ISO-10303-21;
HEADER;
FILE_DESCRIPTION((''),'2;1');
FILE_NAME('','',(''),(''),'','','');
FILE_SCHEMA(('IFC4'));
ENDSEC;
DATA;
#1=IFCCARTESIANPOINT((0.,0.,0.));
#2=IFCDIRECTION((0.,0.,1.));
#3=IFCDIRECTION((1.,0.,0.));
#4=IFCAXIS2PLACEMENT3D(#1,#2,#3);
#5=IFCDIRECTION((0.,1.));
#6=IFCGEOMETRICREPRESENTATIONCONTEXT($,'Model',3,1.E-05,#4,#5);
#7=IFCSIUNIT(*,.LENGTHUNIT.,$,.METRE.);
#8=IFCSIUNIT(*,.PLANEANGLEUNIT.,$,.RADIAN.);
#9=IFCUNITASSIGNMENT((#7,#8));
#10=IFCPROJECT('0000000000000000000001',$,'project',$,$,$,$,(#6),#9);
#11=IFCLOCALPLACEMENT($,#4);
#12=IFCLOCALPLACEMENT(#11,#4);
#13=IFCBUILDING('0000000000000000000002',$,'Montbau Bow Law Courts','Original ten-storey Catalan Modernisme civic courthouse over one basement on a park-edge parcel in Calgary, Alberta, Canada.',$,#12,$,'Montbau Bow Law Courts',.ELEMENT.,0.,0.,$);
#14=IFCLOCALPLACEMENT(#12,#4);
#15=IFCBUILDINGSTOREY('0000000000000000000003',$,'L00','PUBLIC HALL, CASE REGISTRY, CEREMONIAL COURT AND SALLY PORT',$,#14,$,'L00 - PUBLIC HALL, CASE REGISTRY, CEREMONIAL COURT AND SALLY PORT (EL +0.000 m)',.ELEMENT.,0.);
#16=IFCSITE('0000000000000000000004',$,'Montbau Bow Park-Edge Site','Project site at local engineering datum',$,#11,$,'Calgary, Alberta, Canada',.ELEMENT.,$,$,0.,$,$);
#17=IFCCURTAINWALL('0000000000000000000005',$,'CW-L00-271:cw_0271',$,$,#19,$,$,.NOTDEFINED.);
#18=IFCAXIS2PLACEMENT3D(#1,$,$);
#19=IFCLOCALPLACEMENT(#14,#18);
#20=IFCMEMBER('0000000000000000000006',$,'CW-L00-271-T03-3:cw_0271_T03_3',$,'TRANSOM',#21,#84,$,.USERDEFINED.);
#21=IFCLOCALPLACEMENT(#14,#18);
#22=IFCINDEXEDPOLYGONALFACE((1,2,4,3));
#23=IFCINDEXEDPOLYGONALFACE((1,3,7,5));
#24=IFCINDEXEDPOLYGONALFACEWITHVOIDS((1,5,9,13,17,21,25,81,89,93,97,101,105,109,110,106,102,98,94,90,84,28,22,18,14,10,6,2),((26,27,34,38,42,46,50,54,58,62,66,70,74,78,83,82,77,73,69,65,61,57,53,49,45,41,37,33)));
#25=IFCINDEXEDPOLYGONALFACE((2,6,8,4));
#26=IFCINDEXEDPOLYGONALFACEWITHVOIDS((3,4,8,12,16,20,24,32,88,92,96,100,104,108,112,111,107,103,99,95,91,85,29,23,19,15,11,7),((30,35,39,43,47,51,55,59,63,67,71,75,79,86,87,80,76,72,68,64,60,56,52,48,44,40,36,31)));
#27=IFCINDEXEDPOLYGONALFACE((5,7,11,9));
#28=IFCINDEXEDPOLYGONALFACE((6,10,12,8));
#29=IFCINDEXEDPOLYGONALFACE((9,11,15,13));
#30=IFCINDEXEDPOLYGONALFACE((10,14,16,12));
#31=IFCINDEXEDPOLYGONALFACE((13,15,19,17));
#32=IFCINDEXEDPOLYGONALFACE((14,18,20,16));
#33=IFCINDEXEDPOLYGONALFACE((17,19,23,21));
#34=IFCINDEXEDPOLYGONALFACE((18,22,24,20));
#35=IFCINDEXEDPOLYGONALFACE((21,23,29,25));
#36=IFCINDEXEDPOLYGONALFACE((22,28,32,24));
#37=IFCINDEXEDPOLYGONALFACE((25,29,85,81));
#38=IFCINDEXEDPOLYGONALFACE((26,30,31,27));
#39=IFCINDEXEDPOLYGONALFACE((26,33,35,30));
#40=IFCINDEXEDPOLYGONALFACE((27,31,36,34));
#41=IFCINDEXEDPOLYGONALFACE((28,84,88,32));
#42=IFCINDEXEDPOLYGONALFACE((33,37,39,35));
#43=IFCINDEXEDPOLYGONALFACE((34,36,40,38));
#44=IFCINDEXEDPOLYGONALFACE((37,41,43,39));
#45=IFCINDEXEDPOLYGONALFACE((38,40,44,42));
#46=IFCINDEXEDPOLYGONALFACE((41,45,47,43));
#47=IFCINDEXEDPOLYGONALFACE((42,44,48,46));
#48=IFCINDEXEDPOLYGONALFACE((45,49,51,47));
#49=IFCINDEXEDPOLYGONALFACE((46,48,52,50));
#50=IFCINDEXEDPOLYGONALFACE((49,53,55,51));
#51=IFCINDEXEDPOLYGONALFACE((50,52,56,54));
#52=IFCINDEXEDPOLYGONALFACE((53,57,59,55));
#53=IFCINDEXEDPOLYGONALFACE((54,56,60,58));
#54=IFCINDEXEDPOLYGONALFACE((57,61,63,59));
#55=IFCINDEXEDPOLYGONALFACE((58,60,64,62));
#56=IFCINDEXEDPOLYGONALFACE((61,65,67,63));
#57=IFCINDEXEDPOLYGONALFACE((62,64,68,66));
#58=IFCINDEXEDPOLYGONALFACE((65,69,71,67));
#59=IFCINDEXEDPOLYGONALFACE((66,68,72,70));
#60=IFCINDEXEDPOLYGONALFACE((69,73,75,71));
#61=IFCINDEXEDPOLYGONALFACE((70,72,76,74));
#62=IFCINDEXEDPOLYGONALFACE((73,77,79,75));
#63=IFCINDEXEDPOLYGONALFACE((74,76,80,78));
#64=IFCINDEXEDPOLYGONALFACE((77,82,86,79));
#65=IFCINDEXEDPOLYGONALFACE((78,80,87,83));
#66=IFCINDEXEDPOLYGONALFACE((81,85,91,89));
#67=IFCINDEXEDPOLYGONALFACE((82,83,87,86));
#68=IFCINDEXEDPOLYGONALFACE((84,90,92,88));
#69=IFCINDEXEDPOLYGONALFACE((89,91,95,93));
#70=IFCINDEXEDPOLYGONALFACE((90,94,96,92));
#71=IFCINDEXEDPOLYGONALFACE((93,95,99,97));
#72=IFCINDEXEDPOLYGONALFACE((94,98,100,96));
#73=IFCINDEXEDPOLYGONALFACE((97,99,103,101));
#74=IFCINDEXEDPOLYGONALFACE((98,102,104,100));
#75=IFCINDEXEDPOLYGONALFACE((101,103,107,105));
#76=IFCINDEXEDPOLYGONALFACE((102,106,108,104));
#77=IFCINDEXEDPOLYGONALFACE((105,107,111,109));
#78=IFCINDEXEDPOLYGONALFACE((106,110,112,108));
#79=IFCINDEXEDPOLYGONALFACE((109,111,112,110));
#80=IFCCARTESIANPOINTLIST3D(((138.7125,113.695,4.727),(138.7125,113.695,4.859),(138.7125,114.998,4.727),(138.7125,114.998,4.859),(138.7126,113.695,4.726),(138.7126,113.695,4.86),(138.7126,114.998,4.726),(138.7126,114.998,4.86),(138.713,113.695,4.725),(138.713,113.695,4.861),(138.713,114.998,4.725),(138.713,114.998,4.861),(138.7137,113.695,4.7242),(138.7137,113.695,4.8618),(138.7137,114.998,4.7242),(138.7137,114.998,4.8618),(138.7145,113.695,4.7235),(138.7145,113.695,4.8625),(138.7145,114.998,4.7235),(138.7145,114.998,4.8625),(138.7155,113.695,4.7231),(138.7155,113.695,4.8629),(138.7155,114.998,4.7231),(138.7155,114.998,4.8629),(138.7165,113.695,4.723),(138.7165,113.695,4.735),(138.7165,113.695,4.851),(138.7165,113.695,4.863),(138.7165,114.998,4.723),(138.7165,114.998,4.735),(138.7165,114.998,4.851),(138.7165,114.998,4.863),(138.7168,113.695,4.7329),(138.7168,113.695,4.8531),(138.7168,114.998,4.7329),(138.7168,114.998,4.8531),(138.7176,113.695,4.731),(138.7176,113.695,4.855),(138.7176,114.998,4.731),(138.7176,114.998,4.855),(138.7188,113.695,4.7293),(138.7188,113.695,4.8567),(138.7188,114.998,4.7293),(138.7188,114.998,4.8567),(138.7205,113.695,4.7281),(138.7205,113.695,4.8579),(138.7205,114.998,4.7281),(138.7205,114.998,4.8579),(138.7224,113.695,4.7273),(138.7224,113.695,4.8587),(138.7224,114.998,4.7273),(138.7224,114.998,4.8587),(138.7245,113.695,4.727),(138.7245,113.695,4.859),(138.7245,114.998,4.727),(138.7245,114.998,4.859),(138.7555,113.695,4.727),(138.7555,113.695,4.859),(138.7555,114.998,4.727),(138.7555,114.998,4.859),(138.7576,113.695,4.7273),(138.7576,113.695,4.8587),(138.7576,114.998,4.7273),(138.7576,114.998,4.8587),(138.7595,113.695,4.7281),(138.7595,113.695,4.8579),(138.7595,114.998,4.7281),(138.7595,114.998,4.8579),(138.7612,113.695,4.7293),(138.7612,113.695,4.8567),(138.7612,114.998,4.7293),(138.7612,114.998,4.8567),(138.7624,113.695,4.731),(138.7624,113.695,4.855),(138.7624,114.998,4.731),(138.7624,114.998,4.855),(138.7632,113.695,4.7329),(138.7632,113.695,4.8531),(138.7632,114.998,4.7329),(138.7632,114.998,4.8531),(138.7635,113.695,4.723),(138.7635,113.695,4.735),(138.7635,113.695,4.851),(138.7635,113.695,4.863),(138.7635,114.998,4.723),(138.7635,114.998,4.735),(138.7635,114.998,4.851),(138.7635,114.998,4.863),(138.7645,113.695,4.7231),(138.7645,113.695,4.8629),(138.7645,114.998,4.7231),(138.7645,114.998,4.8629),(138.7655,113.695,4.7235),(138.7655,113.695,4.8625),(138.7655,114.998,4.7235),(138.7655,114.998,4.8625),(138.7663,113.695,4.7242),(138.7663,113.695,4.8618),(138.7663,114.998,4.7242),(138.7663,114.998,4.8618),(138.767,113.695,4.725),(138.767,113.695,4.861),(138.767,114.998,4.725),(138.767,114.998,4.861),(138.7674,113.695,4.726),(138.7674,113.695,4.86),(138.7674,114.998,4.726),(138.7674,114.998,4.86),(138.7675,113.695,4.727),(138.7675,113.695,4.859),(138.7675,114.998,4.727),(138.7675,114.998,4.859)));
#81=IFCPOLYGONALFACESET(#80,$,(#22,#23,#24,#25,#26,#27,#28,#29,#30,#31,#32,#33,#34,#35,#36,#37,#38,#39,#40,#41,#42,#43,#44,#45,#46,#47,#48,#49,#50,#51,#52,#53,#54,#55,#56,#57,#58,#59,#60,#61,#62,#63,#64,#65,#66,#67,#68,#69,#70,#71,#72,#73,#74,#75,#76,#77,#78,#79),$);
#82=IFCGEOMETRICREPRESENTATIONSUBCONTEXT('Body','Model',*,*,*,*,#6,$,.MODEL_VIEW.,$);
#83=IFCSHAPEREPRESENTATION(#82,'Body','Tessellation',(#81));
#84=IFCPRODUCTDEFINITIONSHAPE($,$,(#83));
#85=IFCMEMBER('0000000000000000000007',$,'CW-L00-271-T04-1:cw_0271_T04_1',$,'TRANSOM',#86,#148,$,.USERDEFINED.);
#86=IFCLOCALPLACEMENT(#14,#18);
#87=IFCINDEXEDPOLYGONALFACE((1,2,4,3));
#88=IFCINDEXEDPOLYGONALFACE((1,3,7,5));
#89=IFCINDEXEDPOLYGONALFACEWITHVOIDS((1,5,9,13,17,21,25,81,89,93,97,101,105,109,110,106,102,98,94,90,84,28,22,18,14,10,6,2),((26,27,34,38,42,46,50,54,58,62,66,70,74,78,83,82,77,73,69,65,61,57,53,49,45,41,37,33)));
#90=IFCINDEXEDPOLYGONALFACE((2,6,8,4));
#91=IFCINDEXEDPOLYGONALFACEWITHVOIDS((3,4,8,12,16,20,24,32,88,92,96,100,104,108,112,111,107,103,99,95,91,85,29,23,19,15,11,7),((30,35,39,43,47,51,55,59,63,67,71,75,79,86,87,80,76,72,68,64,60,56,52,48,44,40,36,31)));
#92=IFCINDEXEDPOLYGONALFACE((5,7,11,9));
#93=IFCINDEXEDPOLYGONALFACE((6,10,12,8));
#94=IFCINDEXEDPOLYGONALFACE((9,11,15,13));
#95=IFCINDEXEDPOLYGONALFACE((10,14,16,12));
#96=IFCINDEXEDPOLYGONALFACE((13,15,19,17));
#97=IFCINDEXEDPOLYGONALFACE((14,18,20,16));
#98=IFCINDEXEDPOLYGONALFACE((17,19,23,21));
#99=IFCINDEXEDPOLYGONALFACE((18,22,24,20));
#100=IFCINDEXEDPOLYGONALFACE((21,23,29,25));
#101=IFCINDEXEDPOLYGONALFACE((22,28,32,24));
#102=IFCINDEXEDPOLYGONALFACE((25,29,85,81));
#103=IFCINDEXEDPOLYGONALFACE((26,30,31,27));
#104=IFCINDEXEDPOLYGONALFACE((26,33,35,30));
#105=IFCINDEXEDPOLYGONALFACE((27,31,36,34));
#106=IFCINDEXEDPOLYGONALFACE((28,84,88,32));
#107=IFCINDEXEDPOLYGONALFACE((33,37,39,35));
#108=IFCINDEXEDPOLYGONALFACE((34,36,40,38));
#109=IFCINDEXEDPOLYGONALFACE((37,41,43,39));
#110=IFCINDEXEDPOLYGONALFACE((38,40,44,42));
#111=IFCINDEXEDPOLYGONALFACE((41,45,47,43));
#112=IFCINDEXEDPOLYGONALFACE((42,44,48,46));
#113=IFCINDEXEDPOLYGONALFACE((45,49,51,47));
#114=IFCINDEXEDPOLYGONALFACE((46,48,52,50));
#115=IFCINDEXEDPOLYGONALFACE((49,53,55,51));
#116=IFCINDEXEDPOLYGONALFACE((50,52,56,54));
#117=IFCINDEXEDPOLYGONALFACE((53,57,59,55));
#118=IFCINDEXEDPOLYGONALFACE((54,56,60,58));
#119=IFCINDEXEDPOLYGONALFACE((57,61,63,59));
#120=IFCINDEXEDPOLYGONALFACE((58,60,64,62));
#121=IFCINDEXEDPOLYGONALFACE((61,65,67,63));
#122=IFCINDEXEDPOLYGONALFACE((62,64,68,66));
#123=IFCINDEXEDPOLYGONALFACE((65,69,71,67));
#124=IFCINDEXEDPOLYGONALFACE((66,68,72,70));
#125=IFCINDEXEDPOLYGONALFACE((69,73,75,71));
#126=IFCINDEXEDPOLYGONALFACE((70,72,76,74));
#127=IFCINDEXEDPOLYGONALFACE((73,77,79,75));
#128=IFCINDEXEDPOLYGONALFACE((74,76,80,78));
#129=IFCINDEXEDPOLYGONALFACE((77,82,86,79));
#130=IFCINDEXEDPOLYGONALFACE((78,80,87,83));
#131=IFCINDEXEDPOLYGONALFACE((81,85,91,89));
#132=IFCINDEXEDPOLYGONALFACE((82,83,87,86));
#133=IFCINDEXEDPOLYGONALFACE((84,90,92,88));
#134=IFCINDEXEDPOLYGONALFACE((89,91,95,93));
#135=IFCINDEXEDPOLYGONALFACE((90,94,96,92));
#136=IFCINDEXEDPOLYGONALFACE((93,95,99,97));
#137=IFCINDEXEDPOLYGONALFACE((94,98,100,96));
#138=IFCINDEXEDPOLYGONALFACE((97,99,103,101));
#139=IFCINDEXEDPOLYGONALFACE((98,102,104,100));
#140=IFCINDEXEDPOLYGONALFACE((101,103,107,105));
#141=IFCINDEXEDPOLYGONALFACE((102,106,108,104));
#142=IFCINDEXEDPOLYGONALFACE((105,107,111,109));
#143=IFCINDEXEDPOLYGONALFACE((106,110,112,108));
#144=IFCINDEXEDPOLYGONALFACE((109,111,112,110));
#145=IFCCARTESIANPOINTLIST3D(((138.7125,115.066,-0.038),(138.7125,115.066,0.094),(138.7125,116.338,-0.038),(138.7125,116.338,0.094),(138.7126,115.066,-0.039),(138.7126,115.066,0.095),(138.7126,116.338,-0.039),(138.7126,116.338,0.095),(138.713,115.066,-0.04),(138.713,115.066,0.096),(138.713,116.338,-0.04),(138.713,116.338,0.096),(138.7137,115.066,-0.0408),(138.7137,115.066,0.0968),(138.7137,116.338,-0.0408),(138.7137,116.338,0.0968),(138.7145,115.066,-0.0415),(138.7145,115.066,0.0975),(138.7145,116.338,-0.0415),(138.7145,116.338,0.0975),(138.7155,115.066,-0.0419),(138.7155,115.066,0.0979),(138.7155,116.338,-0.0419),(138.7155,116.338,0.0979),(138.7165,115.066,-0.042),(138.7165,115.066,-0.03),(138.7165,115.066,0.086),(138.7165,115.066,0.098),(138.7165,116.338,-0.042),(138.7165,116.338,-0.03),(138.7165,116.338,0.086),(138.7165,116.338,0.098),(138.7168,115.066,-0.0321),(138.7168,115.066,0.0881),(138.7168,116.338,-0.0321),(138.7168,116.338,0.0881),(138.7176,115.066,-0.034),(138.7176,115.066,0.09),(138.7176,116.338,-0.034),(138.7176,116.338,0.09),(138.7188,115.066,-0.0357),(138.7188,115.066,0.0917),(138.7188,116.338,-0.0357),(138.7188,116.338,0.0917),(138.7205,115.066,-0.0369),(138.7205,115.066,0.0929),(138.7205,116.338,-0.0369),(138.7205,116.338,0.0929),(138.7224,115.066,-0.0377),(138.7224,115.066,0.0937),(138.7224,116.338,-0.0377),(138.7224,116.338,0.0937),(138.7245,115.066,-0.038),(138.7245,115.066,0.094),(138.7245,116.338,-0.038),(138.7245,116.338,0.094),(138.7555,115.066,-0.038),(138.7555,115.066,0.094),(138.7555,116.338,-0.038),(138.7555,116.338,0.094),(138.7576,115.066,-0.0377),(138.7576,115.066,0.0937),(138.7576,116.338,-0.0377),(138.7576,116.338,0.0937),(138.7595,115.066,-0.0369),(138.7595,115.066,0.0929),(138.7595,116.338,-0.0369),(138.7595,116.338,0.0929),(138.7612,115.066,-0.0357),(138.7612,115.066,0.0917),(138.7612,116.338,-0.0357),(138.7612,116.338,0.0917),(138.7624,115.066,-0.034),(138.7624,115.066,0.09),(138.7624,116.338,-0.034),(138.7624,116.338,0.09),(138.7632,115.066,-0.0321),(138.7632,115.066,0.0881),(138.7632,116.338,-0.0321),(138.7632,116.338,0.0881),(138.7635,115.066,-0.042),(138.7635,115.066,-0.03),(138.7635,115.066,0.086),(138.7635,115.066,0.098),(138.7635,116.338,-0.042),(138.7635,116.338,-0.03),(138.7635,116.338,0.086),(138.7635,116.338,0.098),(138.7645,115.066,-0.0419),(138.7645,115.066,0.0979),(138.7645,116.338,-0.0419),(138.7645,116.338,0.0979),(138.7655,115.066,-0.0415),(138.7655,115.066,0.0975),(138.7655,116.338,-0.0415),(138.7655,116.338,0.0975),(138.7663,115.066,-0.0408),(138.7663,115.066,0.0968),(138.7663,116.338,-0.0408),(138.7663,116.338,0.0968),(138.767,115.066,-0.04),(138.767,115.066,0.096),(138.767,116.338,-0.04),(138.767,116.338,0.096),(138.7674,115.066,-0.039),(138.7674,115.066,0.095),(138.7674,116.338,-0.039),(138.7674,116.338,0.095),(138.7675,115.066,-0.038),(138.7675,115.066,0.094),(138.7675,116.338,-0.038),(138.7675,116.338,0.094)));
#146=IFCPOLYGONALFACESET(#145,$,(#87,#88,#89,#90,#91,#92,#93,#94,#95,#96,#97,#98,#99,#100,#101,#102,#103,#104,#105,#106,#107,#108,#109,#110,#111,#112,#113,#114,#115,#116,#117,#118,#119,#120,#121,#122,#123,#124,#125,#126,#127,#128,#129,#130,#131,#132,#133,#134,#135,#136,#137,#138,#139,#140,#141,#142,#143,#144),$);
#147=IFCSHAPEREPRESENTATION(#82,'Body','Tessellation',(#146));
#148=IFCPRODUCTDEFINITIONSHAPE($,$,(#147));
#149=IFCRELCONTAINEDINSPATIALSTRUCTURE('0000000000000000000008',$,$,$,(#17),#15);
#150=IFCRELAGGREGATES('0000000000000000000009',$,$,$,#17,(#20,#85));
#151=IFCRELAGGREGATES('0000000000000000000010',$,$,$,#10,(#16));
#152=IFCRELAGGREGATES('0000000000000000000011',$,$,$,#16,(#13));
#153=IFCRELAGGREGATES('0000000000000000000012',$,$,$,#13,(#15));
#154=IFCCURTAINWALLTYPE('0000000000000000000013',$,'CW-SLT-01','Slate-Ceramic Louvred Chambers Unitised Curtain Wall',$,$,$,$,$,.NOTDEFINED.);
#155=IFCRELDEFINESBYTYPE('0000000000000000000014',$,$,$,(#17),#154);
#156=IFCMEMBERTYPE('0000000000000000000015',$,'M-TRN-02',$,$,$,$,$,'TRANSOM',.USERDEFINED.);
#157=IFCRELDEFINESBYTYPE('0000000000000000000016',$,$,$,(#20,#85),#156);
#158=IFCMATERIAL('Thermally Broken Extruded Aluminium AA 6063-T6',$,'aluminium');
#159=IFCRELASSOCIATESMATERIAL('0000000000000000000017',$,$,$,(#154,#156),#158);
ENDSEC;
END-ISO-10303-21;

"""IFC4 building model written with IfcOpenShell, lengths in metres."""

from ifc_helpers import new_model, si_unit, direction, frame, origin_with_axes, origin_2d_with_axis, place, context, subcontext, project, spatial, hollow_rectangle, extrude, material, material_profile, profile_set, type_object, element, aggregate, save


model = new_model("IFC4")

# Units and contexts
model_context = context("Model", 3, precision=1e-05, world=origin_with_axes(), true_north=direction((0.0, 1.0)))
body_context = subcontext(model_context, "Body", "Model", "MODEL_VIEW")
ifc_project = project(units=[si_unit("LENGTHUNIT", "METRE"), si_unit("PLANEANGLEUNIT", "RADIAN")], contexts=[model_context])

# Site, building, storey
site_placement = place(None, origin_with_axes())
site = spatial("IfcSite", under=ifc_project, at=site_placement, Name="Montbau Bow Park-Edge Site", Description="Project site at local engineering datum", LongName="Calgary, Alberta, Canada", CompositionType="ELEMENT", RefElevation=0.0)
building_placement = place(site_placement, origin_with_axes())
building = spatial("IfcBuilding", under=site, at=building_placement, Name="Montbau Bow Law Courts", Description="Original ten-storey Catalan Modernisme civic courthouse over one basement on a park-edge parcel in Calgary, Alberta, Canada.", LongName="Montbau Bow Law Courts", CompositionType="ELEMENT", ElevationOfRefHeight=0.0, ElevationOfTerrain=0.0)
storey_placement = place(building_placement, origin_with_axes())
storey = spatial("IfcBuildingStorey", under=building, at=storey_placement, Name="L00", Description="PUBLIC HALL, CASE REGISTRY, CEREMONIAL COURT AND SALLY PORT", LongName="L00 - PUBLIC HALL, CASE REGISTRY, CEREMONIAL COURT AND SALLY PORT (EL +0.000 m)", CompositionType="ELEMENT", Elevation=0.0)

# Curtain wall, members
ifc_material_1 = material(Name="Thermally Broken Extruded Aluminium AA 6063-T6", Category="aluminium")
curtain_wall_type = type_object("IfcCurtainWallType", Name="CW-SLT-01", Description="Slate-Ceramic Louvred Chambers Unitised Curtain Wall", PredefinedType="NOTDEFINED", material=ifc_material_1)
curtain_wall_placement = place(None, frame((138.74, 110.915, 0.0), z_axis=(0.0, 0.0, 1.0), x_axis=(1.0, 0.0, 0.0)))
curtain_wall = element("IfcCurtainWall", 1, at=curtain_wall_placement, inside=storey, type_object=curtain_wall_type, Name="CW-L00-271:cw_0271", PredefinedType="NOTDEFINED")
ifc_material_profile_1 = material_profile(ifc_material_1, hollow_rectangle(XDim=0.055, YDim=0.14, WallThickness=0.004, InnerFilletRadius=0.008, OuterFilletRadius=0.004, at=origin_2d_with_axis()), Name="CWT-140X55", Category="Main", Priority=0)
ifc_profile_set_1 = profile_set([ifc_material_profile_1], Name="Thermally Broken Extruded Aluminium AA 6063-T6")
member_type_1 = type_object("IfcMemberType", Name="M-TRN-02", ElementType="TRANSOM", PredefinedType="USERDEFINED", material=ifc_profile_set_1)
member_1_placement = place(None, frame((138.74, 113.695, 4.793), z_axis=(0.0, 1.0, 0.0), x_axis=(-1.0, 0.0, 0.0)))
member_1 = element("IfcMember", 2, at=member_1_placement, type_object=member_type_1, Name="CW-L00-271-T03-3:cw_0271_T03_3", ObjectType="TRANSOM", PredefinedType="USERDEFINED", context=body_context, shape_type="SweptSolid", body=[
    extrude(hollow_rectangle(XDim=0.055, YDim=0.14, WallThickness=0.004, InnerFilletRadius=0.008, OuterFilletRadius=0.004, at=origin_2d_with_axis()), origin_with_axes(), (0.0, 0.0, 1.0), 1.303),
])
member_2_placement = place(None, frame((138.74, 115.066, 0.028), z_axis=(0.0, 1.0, 0.0), x_axis=(-1.0, 0.0, 0.0)))
member_2 = element("IfcMember", 3, at=member_2_placement, type_object=member_type_1, Name="CW-L00-271-T04-1:cw_0271_T04_1", ObjectType="TRANSOM", PredefinedType="USERDEFINED", context=body_context, shape_type="SweptSolid", body=[
    extrude(hollow_rectangle(XDim=0.055, YDim=0.14, WallThickness=0.004, InnerFilletRadius=0.008, OuterFilletRadius=0.004, at=origin_2d_with_axis()), origin_with_axes(), (0.0, 0.0, 1.0), 1.272),
])

aggregate(curtain_wall, [member_1, member_2])

save(model, "model.ifc")
